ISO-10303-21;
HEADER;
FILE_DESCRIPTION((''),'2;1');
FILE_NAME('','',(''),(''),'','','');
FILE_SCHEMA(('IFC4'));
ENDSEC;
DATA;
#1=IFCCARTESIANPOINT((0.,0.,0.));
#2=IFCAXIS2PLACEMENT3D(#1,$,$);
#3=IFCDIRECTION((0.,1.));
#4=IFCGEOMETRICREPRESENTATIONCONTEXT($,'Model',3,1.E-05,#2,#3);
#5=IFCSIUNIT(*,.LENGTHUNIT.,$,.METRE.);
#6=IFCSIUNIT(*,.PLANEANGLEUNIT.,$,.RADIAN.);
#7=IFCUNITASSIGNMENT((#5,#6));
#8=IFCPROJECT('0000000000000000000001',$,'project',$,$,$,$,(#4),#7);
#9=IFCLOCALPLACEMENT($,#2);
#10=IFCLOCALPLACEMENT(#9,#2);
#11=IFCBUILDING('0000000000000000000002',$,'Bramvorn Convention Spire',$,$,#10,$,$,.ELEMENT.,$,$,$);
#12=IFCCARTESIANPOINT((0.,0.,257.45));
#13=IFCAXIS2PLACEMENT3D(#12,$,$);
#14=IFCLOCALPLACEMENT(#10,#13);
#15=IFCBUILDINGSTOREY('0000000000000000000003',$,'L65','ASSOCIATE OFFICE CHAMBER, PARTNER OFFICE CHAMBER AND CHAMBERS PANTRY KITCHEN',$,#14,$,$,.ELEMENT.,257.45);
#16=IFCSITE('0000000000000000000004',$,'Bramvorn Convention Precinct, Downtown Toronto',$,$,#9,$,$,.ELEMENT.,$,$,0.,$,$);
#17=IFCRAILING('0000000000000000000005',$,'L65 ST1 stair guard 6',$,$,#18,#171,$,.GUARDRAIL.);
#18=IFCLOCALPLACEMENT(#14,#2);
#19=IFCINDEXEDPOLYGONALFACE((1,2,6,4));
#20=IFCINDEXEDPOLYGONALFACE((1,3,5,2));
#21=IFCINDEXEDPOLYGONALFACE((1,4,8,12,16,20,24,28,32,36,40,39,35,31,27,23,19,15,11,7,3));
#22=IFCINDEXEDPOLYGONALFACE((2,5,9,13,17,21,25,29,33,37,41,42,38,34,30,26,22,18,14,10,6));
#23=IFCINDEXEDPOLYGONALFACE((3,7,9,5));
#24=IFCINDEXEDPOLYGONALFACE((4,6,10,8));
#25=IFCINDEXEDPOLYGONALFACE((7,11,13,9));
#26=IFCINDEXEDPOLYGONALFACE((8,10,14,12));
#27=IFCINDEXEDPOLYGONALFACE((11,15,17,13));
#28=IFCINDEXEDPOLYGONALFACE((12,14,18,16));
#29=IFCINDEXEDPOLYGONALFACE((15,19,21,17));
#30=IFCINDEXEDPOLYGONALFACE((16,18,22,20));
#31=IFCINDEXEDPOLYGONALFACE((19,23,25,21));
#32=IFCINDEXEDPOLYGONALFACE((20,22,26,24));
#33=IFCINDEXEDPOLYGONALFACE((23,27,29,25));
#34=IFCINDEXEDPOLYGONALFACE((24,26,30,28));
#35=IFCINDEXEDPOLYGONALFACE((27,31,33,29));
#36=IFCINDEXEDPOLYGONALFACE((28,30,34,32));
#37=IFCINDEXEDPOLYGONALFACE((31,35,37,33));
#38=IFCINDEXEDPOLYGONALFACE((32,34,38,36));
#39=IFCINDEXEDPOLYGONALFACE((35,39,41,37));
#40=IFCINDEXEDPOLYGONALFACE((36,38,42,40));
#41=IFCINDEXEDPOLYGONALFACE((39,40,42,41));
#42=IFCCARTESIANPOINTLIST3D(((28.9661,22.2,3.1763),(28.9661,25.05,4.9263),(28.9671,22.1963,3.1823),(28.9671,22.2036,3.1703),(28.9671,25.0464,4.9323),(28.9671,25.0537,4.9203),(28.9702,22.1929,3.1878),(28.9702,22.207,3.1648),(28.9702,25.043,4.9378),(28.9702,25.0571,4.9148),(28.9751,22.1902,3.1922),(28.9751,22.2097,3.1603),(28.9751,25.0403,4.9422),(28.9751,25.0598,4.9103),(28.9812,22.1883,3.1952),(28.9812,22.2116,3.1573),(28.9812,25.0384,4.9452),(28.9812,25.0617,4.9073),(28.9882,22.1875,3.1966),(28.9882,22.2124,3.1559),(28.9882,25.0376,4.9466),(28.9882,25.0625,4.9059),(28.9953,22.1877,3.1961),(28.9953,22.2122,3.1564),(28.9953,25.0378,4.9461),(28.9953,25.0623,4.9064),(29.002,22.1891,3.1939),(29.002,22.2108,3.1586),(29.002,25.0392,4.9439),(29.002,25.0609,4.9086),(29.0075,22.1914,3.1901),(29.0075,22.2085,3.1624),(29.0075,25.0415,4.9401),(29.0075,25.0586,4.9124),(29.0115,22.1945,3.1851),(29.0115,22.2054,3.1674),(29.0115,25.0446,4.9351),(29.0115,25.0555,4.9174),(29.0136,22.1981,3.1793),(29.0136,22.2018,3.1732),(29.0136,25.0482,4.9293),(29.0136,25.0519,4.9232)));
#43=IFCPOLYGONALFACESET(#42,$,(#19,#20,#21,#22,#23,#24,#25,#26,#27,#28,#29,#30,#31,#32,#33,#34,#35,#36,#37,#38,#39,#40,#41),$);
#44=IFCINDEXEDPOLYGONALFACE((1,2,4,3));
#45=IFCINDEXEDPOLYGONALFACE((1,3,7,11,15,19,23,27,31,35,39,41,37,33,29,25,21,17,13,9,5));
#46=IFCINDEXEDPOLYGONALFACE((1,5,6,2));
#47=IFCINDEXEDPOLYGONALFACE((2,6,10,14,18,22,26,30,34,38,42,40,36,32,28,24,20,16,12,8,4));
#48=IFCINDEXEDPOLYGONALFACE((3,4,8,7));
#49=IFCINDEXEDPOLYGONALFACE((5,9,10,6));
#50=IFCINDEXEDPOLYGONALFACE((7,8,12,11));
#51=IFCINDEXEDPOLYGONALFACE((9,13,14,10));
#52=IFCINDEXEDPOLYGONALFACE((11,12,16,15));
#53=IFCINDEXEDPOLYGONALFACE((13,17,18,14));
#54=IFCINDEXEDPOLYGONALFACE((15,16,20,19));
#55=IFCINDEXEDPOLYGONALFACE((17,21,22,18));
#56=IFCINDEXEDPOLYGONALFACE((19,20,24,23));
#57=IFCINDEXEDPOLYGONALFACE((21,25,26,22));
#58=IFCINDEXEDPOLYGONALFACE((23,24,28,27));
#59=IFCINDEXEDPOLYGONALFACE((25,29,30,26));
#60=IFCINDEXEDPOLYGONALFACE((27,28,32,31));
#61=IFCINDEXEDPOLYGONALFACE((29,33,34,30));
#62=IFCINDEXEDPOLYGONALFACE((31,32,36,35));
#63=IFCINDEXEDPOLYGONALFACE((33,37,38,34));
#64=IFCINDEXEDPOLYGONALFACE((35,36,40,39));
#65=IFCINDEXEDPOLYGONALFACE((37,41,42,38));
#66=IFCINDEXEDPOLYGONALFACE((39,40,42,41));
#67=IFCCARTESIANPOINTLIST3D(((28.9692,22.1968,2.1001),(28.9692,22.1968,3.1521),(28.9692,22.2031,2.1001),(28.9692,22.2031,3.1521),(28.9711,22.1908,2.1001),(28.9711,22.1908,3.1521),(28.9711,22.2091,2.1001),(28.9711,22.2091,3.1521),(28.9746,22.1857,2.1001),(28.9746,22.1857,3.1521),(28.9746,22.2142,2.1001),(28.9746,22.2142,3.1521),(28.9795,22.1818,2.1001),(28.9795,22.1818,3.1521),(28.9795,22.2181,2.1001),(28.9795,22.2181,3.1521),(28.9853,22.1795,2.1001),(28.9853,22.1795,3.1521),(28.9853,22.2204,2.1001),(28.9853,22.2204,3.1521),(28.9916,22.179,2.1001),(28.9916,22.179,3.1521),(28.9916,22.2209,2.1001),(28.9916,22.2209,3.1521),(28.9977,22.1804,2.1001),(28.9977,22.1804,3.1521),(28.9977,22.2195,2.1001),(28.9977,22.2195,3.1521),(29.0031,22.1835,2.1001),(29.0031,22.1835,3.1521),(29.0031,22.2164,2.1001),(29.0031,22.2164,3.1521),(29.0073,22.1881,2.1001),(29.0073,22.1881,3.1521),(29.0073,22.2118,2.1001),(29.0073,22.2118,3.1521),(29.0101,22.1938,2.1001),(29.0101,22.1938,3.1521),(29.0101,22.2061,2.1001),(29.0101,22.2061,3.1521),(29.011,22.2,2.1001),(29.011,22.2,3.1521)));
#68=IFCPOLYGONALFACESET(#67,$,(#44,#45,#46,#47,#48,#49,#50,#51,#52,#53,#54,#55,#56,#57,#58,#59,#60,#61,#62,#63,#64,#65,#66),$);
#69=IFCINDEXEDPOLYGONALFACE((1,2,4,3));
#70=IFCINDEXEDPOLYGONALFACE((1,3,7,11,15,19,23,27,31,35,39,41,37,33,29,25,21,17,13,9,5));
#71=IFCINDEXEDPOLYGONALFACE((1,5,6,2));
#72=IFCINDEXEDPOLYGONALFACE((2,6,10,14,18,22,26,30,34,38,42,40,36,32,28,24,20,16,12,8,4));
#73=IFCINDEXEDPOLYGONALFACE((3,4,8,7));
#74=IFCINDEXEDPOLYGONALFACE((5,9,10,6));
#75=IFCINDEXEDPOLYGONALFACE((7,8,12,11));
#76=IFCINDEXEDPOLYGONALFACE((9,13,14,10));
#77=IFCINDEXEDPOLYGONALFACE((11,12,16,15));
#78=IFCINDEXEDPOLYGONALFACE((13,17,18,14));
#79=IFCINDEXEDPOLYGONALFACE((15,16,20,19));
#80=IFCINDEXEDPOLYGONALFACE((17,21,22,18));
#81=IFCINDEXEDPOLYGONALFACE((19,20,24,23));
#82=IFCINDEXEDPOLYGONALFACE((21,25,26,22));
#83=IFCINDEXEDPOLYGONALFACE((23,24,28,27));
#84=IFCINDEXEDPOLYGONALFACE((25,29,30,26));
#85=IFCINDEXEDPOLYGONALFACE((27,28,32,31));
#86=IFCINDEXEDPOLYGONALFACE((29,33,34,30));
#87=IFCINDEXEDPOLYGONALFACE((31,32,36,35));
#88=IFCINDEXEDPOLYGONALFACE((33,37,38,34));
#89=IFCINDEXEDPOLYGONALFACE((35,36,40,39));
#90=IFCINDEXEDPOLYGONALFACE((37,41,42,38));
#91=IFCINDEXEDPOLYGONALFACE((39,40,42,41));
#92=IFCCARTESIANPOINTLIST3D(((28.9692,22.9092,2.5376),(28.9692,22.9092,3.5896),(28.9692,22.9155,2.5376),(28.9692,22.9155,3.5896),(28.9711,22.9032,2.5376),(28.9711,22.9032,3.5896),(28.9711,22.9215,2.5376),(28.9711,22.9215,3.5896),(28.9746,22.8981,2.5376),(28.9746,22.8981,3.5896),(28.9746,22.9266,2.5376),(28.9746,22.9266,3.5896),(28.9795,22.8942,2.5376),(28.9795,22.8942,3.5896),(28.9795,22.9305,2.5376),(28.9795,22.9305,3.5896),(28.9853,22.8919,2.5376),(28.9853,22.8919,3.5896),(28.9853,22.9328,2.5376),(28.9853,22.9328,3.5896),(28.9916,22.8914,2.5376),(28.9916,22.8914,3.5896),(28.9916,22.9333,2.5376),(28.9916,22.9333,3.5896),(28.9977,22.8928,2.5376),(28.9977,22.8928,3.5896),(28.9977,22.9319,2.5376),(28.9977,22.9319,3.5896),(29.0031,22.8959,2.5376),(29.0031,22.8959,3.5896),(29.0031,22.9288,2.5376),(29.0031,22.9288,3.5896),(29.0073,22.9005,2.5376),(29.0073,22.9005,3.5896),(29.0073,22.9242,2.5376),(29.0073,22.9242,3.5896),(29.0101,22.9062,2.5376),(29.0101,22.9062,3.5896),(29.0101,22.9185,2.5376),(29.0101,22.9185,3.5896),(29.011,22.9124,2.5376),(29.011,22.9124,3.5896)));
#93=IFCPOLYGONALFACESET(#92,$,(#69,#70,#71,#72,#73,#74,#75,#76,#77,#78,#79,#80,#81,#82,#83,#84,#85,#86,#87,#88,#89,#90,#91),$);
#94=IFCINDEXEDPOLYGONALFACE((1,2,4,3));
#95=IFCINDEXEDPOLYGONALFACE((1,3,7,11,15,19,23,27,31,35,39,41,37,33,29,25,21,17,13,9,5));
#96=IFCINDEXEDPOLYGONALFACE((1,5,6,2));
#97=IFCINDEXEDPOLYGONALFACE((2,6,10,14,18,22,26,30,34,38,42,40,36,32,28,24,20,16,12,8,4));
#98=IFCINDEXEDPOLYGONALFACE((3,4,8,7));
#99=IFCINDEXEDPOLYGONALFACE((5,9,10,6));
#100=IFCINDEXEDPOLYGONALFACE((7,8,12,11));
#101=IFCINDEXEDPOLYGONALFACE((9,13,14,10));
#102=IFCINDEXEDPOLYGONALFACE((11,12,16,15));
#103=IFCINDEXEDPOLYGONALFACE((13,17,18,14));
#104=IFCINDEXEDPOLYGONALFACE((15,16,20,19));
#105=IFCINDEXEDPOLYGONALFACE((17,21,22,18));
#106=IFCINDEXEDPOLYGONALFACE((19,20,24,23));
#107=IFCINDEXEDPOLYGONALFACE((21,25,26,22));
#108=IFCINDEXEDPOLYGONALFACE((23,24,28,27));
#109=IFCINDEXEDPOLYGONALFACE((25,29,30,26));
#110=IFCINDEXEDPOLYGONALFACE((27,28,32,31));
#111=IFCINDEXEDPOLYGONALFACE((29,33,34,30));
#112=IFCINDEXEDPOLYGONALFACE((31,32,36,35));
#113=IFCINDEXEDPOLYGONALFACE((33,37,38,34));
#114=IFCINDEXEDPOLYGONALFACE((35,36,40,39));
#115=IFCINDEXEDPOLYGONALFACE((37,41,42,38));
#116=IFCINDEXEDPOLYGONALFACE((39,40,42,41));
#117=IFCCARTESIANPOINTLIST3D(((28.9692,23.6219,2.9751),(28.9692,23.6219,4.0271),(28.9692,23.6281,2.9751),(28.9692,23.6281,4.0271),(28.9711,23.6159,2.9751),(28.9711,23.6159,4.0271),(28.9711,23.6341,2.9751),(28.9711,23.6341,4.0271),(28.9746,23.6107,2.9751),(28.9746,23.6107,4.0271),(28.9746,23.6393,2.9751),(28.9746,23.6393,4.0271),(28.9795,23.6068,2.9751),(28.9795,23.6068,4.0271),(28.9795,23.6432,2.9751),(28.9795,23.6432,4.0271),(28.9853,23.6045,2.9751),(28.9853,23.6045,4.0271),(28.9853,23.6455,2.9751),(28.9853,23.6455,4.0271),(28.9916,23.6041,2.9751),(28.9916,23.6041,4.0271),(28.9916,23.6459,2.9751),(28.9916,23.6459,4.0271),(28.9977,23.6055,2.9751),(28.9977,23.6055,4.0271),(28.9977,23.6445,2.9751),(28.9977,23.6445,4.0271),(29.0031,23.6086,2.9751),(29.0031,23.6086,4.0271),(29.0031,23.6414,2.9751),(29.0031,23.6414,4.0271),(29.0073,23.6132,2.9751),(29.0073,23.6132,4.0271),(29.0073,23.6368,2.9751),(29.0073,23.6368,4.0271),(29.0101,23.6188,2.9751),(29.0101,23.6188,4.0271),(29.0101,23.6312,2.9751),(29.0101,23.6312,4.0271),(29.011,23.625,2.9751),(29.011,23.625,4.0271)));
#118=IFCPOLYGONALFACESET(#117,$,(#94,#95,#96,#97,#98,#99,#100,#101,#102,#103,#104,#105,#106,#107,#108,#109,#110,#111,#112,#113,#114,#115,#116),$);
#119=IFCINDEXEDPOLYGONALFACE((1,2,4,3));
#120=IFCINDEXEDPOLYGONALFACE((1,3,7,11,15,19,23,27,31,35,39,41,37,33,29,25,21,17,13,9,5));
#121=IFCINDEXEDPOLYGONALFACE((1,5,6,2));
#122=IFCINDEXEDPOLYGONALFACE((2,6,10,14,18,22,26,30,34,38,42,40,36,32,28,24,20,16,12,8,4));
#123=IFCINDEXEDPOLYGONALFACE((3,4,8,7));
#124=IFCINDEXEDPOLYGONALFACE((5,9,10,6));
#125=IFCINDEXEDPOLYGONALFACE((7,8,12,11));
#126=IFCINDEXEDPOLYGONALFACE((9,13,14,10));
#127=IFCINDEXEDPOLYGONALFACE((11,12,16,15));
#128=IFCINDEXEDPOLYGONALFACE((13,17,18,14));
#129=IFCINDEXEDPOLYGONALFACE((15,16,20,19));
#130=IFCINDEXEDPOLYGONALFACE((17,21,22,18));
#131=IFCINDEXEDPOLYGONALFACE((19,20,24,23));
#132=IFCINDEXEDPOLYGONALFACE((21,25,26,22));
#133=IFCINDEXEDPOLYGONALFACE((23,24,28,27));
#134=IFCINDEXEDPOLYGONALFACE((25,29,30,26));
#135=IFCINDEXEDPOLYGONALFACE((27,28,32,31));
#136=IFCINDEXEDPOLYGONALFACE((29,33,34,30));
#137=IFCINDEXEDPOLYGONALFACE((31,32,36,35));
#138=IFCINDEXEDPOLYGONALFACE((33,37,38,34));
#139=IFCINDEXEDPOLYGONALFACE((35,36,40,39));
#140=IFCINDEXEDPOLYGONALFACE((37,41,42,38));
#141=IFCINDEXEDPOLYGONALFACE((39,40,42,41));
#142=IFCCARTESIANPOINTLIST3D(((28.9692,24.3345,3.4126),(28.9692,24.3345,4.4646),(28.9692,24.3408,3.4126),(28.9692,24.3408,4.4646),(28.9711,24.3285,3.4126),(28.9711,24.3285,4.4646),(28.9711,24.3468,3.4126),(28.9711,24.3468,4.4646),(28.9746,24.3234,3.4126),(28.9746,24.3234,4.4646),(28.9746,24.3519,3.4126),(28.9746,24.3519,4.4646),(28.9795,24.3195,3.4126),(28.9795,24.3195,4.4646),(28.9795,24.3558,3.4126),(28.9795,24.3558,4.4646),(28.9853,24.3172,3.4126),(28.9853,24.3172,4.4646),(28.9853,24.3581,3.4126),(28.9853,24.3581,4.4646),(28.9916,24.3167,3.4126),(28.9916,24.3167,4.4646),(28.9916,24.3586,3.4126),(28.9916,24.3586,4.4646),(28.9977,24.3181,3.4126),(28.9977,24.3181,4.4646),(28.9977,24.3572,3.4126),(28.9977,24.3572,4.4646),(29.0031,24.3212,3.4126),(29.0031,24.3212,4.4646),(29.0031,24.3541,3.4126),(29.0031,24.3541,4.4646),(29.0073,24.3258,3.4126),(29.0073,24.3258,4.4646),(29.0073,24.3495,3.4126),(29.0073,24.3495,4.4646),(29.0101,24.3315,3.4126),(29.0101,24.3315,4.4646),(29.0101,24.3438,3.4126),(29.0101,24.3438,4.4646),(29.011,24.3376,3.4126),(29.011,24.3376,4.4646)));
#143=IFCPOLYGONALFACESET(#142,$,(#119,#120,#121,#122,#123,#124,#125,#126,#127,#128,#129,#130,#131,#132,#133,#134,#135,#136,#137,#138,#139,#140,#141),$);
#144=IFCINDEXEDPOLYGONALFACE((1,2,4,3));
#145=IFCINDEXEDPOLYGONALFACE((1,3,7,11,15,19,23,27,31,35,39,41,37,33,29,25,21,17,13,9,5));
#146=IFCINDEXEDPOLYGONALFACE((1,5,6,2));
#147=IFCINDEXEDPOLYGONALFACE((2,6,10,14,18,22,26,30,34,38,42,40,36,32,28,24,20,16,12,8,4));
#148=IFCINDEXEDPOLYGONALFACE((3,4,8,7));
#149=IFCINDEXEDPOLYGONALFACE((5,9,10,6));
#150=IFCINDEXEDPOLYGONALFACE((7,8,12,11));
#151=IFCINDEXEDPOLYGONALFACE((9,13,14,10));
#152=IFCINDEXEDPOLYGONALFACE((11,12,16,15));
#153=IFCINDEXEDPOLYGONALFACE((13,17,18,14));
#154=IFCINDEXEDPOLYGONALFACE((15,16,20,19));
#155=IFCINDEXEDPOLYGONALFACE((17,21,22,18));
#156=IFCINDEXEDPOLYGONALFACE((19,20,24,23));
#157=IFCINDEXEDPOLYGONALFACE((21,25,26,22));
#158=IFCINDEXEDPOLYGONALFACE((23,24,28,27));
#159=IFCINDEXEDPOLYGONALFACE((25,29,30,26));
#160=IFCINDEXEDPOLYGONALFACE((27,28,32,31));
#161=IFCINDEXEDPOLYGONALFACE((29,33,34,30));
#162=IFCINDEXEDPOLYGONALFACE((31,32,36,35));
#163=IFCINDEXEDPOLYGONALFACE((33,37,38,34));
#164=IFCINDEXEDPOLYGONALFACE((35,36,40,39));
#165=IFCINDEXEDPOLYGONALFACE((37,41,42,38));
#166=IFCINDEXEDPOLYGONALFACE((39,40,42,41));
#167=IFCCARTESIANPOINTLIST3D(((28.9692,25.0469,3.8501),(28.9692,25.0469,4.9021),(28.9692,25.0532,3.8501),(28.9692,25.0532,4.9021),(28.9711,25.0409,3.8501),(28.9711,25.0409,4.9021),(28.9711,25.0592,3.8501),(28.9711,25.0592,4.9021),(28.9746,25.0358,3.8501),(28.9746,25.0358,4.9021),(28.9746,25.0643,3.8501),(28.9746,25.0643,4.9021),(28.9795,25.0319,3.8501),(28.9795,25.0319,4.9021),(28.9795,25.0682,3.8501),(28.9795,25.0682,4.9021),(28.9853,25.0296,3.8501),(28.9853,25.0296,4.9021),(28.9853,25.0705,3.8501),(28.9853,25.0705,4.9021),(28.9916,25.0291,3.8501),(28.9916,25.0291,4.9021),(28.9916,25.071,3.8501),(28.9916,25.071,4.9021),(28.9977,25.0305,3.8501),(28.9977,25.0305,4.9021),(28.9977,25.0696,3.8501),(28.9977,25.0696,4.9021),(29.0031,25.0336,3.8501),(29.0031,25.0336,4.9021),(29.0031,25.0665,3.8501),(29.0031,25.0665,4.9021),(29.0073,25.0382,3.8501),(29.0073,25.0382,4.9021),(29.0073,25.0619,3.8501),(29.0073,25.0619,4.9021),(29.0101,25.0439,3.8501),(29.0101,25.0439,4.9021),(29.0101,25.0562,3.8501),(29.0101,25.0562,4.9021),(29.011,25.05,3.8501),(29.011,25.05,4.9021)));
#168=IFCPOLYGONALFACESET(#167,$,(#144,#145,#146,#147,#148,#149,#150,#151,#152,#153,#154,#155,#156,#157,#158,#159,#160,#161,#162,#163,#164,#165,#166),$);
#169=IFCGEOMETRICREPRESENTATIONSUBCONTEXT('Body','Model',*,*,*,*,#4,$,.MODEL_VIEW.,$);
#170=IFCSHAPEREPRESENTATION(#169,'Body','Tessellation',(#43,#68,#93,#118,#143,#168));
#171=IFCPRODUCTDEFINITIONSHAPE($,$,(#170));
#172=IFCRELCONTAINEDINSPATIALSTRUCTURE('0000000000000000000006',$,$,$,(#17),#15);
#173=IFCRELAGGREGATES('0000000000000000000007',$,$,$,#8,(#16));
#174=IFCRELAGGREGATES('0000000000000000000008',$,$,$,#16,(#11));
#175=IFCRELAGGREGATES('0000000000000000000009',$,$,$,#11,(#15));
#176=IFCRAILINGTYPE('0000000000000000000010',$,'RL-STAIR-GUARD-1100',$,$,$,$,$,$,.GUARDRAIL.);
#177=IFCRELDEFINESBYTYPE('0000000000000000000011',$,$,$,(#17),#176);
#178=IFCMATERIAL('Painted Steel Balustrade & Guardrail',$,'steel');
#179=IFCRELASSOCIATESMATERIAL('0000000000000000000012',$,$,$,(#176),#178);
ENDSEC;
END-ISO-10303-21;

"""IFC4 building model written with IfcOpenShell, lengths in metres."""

from ifc_helpers import new_model, si_unit, direction, frame, origin, origin_2d, place, context, subcontext, project, spatial, circle, extrude, material, type_object, element, save


model = new_model("IFC4")

# Units and contexts
model_context = context("Model", 3, precision=1e-05, world=origin(), true_north=direction((0.0, 1.0)))
body_context = subcontext(model_context, "Body", "Model", "MODEL_VIEW")
ifc_project = project(units=[si_unit("LENGTHUNIT", "METRE"), si_unit("PLANEANGLEUNIT", "RADIAN")], contexts=[model_context])

# Site, building, storey
site_placement = place(None, origin())
site = spatial("IfcSite", under=ifc_project, at=site_placement, Name="Bramvorn Convention Precinct, Downtown Toronto", CompositionType="ELEMENT", RefElevation=0.0)
building_placement = place(site_placement, origin())
building = spatial("IfcBuilding", under=site, at=building_placement, Name="Bramvorn Convention Spire", CompositionType="ELEMENT")
storey_placement = place(building_placement, frame((0.0, 0.0, 257.45)))
storey = spatial("IfcBuildingStorey", under=building, at=storey_placement, Name="L65", Description="ASSOCIATE OFFICE CHAMBER, PARTNER OFFICE CHAMBER AND CHAMBERS PANTRY KITCHEN", CompositionType="ELEMENT", Elevation=257.45)

# Railing
ifc_material_1 = material(Name="Painted Steel Balustrade & Guardrail", Category="steel")
railing_type_1 = type_object("IfcRailingType", Name="RL-STAIR-GUARD-1100", PredefinedType="GUARDRAIL", material=ifc_material_1)
railing_1_placement = place(storey_placement, frame((28.99, 22.2, 2.1001)))
element("IfcRailing", 1, at=railing_1_placement, inside=storey, type_object=railing_type_1, Name="L65 ST1 stair guard 6", PredefinedType="GUARDRAIL", context=body_context, shape_type="SweptSolid", body=[
    extrude(circle(Radius=0.0239, at=origin_2d()), frame((0.0, 0.0, 1.0762), z_axis=(0.0, 0.852179, 0.52325), x_axis=(-1.0, 0.0, 0.0)), (0.0, 0.0, 1.0), 3.3445),
    extrude(circle(Radius=0.021, at=origin_2d()), origin(), (0.0, 0.0, 1.0), 1.052),
    extrude(circle(Radius=0.021, at=origin_2d()), frame((0.0, 0.7124, 0.4375)), (0.0, 0.0, 1.0), 1.052),
    extrude(circle(Radius=0.021, at=origin_2d()), frame((0.0, 1.425, 0.875)), (0.0, 0.0, 1.0), 1.052),
    extrude(circle(Radius=0.021, at=origin_2d()), frame((0.0, 2.1377, 1.3125)), (0.0, 0.0, 1.0), 1.052),
    extrude(circle(Radius=0.021, at=origin_2d()), frame((0.0, 2.8501, 1.75)), (0.0, 0.0, 1.0), 1.052),
])

save(model, "model.ifc")
